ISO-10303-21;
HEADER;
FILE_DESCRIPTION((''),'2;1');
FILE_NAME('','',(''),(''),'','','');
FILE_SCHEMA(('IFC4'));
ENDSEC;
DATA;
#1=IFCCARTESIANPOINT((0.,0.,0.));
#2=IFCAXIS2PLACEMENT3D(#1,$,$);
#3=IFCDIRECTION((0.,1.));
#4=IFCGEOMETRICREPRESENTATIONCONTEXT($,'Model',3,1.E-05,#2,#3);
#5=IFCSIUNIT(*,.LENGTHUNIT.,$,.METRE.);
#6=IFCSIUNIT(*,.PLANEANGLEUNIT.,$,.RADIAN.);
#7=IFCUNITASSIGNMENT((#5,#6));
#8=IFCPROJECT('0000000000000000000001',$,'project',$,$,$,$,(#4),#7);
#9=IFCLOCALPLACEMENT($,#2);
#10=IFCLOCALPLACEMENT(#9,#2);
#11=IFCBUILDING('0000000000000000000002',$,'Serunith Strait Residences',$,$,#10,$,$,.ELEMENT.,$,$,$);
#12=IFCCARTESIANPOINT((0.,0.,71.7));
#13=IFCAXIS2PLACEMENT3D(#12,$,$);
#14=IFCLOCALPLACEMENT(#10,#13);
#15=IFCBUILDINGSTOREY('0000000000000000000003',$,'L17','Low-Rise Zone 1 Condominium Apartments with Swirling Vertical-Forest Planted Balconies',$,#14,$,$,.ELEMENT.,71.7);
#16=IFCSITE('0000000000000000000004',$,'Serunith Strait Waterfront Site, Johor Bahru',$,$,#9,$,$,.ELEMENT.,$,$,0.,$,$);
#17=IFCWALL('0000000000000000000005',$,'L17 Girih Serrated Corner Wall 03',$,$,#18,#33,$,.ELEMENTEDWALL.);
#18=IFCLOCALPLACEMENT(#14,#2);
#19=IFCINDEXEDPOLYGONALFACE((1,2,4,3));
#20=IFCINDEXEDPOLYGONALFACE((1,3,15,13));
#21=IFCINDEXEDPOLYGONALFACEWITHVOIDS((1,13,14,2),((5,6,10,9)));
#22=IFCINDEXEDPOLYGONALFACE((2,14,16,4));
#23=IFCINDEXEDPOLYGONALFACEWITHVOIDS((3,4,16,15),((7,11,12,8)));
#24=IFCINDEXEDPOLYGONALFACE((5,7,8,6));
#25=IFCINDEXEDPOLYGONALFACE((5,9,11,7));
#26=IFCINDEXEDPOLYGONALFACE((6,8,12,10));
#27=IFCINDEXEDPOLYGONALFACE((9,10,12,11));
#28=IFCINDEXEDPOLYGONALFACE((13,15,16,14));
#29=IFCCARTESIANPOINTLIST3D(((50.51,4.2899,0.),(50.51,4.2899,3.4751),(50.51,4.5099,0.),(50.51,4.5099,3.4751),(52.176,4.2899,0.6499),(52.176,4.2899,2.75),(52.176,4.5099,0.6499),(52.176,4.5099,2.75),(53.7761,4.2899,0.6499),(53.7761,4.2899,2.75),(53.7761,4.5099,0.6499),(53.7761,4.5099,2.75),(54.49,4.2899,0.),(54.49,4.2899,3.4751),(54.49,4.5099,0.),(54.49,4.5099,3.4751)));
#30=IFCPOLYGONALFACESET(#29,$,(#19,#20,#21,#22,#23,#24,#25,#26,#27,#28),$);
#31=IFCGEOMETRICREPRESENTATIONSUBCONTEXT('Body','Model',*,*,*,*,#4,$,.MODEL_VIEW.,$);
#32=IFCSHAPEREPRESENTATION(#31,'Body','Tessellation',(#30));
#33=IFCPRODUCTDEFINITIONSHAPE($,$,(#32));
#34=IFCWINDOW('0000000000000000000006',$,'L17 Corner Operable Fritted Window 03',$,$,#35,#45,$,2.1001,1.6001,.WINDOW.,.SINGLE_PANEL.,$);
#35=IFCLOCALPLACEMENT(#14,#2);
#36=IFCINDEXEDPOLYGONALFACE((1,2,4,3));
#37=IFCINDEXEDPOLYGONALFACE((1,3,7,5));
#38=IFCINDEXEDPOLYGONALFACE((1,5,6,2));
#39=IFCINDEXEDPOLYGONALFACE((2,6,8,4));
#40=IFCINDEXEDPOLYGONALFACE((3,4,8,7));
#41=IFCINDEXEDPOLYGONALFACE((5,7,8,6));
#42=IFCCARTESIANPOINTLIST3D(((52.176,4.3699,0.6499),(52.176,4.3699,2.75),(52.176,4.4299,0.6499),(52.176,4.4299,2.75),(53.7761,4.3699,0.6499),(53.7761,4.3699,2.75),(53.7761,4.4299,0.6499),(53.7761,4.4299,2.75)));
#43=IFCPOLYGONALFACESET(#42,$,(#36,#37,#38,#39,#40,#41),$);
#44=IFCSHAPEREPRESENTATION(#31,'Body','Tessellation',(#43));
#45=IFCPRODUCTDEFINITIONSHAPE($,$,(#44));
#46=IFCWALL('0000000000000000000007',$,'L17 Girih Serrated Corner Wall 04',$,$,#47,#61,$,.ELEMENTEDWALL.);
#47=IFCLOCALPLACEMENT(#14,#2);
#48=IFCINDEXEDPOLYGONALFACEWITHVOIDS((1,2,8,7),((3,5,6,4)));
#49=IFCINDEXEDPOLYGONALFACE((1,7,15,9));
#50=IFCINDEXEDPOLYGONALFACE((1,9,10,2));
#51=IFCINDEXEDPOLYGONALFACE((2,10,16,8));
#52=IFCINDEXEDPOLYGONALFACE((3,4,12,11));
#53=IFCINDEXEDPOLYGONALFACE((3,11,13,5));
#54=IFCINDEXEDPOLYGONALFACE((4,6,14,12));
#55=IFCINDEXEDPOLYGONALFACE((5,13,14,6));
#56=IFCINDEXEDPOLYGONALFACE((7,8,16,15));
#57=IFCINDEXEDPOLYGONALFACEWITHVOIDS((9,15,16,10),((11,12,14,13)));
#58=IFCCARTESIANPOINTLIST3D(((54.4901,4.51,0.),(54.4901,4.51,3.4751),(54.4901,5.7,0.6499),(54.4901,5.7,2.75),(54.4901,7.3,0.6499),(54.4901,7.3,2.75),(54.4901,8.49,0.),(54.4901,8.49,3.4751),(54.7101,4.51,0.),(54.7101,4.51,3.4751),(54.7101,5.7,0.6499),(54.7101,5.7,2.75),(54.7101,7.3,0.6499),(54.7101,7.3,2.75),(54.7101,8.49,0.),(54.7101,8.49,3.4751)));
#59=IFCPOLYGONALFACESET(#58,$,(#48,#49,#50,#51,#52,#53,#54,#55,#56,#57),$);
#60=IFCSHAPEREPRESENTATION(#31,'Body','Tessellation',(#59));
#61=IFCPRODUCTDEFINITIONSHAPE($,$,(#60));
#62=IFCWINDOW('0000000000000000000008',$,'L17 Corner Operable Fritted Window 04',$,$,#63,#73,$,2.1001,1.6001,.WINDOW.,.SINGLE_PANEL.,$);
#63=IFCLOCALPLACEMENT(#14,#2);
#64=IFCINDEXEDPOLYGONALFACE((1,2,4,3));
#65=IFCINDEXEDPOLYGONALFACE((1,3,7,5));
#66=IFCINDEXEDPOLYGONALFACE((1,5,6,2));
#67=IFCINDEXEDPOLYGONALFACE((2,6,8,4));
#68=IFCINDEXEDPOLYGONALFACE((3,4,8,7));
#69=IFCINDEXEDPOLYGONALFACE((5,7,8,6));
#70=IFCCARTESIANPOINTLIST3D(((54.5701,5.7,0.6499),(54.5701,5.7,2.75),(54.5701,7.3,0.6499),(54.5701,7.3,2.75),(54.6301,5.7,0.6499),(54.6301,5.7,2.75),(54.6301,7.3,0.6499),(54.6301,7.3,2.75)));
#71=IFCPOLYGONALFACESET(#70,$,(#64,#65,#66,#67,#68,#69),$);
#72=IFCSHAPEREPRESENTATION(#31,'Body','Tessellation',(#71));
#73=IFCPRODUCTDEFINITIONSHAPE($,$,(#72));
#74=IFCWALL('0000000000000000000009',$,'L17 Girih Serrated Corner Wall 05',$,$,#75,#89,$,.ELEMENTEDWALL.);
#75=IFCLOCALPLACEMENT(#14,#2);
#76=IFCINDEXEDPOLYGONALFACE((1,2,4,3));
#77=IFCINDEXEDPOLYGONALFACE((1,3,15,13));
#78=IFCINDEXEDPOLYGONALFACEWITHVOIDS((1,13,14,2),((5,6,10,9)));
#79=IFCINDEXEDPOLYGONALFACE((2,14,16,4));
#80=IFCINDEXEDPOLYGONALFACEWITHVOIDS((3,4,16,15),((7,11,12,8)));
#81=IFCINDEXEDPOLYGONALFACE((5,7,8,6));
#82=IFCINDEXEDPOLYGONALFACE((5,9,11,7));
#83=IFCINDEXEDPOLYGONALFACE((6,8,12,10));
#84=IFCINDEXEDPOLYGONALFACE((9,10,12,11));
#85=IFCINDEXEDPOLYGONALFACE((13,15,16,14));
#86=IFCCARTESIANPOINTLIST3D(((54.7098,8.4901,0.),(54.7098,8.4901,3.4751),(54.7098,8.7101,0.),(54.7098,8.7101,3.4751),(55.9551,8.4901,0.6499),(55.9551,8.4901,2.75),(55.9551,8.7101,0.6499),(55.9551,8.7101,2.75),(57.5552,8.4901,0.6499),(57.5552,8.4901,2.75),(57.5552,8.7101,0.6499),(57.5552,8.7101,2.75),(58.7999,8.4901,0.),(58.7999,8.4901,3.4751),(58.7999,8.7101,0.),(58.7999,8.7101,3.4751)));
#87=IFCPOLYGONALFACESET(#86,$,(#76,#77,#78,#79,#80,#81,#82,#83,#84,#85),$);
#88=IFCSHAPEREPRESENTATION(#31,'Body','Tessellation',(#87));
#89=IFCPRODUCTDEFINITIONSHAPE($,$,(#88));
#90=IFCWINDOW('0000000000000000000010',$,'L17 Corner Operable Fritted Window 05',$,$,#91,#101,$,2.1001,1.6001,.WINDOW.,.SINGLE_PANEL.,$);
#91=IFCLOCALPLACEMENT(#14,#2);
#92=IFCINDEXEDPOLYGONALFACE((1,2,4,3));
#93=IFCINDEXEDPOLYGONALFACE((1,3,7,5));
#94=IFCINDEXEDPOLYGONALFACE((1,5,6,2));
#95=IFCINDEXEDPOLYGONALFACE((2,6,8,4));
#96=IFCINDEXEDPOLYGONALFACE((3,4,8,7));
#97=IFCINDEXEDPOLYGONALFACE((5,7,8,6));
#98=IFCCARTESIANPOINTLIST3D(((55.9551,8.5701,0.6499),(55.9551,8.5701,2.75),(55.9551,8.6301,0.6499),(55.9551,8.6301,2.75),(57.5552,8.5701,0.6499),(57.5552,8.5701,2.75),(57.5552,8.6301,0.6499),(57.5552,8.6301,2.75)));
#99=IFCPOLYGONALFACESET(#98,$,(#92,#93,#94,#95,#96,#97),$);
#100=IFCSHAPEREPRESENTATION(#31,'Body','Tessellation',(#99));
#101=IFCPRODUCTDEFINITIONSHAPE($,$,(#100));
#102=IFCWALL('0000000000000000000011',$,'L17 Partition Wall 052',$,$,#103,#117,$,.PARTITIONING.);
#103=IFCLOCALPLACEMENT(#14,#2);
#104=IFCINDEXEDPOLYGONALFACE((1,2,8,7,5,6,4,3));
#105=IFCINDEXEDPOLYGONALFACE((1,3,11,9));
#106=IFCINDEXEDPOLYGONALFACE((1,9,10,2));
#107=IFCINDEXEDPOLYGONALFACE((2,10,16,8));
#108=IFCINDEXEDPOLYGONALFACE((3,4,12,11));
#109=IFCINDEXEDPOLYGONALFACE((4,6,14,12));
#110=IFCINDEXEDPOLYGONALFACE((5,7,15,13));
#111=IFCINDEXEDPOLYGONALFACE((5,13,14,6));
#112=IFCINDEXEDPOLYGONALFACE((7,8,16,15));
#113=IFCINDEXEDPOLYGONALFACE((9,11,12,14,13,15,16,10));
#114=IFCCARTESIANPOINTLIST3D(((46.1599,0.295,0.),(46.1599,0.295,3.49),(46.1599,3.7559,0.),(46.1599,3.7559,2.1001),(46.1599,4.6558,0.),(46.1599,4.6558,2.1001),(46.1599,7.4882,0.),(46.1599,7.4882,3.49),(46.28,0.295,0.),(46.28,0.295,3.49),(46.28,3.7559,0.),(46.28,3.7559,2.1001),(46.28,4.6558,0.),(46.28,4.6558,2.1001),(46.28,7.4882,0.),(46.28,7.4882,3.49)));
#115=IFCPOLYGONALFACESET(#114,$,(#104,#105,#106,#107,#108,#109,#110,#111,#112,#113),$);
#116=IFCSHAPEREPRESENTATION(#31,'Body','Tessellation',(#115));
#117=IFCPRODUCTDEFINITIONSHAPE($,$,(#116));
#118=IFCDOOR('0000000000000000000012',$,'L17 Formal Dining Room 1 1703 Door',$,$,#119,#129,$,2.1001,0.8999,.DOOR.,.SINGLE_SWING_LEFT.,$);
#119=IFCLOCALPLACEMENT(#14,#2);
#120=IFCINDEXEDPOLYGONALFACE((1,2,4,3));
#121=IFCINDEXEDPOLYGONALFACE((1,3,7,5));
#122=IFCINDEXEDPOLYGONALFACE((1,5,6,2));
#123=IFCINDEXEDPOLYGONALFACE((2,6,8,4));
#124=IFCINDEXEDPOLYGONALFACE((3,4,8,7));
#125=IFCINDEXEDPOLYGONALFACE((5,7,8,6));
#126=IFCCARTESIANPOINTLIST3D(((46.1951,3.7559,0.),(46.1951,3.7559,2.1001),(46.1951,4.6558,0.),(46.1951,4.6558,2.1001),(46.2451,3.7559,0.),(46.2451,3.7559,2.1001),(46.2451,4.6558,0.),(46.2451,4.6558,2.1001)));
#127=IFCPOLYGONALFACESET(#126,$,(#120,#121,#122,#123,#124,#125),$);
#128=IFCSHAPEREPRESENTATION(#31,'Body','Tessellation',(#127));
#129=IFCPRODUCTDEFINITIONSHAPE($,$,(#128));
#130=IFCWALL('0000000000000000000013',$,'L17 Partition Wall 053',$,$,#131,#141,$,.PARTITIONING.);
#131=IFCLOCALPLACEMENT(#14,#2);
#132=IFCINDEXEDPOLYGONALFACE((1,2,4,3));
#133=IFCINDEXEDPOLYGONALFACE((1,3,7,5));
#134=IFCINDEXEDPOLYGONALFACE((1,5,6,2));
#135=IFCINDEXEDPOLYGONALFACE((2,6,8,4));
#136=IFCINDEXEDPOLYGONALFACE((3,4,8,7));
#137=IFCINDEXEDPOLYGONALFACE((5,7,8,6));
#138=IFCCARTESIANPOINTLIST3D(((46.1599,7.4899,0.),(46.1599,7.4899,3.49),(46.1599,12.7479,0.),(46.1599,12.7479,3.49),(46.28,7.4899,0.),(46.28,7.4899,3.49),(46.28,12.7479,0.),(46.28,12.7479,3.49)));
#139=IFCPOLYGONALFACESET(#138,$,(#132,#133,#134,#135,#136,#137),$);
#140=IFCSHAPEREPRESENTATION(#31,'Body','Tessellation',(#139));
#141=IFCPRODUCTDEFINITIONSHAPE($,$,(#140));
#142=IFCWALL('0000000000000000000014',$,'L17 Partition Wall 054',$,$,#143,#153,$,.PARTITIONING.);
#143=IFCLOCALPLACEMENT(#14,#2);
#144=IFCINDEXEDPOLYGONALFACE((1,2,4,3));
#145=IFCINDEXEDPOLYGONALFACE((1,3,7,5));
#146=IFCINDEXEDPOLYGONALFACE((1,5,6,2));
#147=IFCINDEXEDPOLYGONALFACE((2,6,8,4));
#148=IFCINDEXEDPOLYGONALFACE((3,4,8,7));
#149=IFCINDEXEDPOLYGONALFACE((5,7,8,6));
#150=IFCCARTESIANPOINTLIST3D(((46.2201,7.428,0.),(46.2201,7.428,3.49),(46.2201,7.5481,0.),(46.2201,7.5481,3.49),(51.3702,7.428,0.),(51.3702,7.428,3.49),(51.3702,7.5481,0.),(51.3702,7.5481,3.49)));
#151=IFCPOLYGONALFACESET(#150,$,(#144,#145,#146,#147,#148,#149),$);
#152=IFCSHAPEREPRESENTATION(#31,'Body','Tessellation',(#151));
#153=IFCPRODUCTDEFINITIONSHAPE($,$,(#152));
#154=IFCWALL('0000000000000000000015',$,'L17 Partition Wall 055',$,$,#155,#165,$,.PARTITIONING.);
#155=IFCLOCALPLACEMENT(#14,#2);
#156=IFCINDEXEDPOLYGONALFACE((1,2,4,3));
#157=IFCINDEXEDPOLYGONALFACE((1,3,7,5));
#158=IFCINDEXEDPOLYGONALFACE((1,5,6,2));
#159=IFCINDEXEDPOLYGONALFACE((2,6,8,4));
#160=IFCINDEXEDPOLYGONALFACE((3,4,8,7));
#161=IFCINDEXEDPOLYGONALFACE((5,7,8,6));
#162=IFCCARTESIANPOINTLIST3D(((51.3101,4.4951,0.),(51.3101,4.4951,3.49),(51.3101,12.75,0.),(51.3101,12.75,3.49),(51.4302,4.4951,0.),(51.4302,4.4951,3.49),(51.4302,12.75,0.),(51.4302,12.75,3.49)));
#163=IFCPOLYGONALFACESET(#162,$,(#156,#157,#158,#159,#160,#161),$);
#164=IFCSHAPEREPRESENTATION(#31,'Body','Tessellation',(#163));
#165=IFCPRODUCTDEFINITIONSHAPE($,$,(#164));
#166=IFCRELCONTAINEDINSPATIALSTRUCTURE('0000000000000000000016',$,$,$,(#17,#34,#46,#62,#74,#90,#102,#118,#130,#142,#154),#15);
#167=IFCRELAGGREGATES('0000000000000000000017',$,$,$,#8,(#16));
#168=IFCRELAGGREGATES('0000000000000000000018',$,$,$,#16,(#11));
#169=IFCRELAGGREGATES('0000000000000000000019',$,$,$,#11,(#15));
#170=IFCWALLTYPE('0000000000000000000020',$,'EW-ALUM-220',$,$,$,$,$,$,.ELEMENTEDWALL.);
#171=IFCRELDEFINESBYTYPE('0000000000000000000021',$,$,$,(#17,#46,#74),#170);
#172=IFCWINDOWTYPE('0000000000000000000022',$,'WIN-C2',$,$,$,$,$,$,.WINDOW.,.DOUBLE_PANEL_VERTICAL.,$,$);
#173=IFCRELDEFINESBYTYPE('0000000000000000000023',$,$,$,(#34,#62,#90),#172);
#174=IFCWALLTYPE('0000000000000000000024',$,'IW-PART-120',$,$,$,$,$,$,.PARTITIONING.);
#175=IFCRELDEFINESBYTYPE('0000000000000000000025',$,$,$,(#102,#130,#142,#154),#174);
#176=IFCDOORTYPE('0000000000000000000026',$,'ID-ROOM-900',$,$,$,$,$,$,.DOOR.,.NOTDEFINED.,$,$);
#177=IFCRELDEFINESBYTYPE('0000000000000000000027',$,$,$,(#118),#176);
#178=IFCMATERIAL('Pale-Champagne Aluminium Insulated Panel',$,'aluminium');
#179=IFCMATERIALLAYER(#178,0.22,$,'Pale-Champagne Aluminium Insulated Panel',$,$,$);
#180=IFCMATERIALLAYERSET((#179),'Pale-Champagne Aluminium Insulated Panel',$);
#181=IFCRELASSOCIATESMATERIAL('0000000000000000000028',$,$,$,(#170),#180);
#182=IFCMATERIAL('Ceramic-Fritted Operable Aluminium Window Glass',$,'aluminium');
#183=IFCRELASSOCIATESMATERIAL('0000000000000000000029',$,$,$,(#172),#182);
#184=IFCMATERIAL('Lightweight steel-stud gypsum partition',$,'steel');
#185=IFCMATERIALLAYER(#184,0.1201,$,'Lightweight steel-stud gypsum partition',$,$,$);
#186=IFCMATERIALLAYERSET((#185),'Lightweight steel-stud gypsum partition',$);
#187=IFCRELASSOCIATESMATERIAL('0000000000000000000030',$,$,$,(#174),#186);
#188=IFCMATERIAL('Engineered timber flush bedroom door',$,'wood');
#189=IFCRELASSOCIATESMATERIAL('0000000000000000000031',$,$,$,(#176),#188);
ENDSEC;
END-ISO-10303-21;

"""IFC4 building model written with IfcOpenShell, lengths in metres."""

from ifc_helpers import new_model, si_unit, direction, frame, frame_2d, origin, place, context, subcontext, project, spatial, rectangle, extrude, source, transform, mapped, material, layer, layer_set, type_object, element, fill, save


model = new_model("IFC4")

# Units and contexts
model_context = context("Model", 3, precision=1e-05, world=origin(), true_north=direction((0.0, 1.0)))
body_context = subcontext(model_context, "Body", "Model", "MODEL_VIEW")
ifc_project = project(units=[si_unit("LENGTHUNIT", "METRE"), si_unit("PLANEANGLEUNIT", "RADIAN")], contexts=[model_context])

# Site, building, storey
site_placement = place(None, origin())
site = spatial("IfcSite", under=ifc_project, at=site_placement, Name="Serunith Strait Waterfront Site, Johor Bahru", CompositionType="ELEMENT", RefElevation=0.0)
building_placement = place(site_placement, origin())
building = spatial("IfcBuilding", under=site, at=building_placement, Name="Serunith Strait Residences", CompositionType="ELEMENT")
storey_placement = place(building_placement, frame((0.0, 0.0, 71.7)))
storey = spatial("IfcBuildingStorey", under=building, at=storey_placement, Name="L17", Description="Low-Rise Zone 1 Condominium Apartments with Swirling Vertical-Forest Planted Balconies", CompositionType="ELEMENT", Elevation=71.7)

# Walls, openings, windows
ifc_material_1 = material(Name="Pale-Champagne Aluminium Insulated Panel", Category="aluminium")
ifc_layer_1 = layer(ifc_material_1, 0.22, Name="Pale-Champagne Aluminium Insulated Panel")
ifc_layer_set_1 = layer_set([ifc_layer_1], Name="Pale-Champagne Aluminium Insulated Panel")
wall_type_1 = type_object("IfcWallType", Name="EW-ALUM-220", PredefinedType="ELEMENTEDWALL", material=ifc_layer_set_1)
ifc_material_2 = material(Name="Ceramic-Fritted Operable Aluminium Window Glass", Category="aluminium")
window_type = type_object("IfcWindowType", Name="WIN-C2", PartitioningType="DOUBLE_PANEL_VERTICAL", PredefinedType="WINDOW", material=ifc_material_2)
shared_shape_1 = source(origin(), body_context, "Body", "SweptSolid", [
    extrude(rectangle(XDim=1.6001, YDim=2.1001, at=frame_2d((0.8, 1.05))), frame((0.0, 0.03, 0.0), z_axis=(0.0, -1.0, 0.0), x_axis=(1.0, 0.0, 0.0)), (0.0, 0.0, 1.0), 0.0601),
])
wall_1_placement = place(storey_placement, frame((50.51, 4.3999, 0.0), z_axis=(0.0, 0.0, 1.0), x_axis=(1.0, 0.0, 0.0)))
wall_1 = element("IfcWall", 1, at=wall_1_placement, inside=storey, type_object=wall_type_1, Name="L17 Girih Serrated Corner Wall 03", PredefinedType="ELEMENTEDWALL", context=body_context, shape_type="SweptSolid", body=[
    extrude(rectangle(XDim=3.98, YDim=0.22, at=frame_2d((1.99, 0.0))), origin(), (0.0, 0.0, 1.0), 3.4751),
])
opening_1_placement = place(wall_1_placement, frame((1.666, 0.0, 0.6499)))
opening_1 = element("IfcOpeningElement", 2, at=opening_1_placement, cuts=wall_1, PredefinedType="OPENING", context=body_context, shape_type="SweptSolid", body=[
    extrude(rectangle(XDim=1.6001, YDim=2.1001, at=frame_2d((0.8, 1.05))), frame((0.0, 0.1201, 0.0), z_axis=(0.0, -1.0, 0.0), x_axis=(1.0, 0.0, 0.0)), (0.0, 0.0, 1.0), 0.24),
])
window_1_placement = place(opening_1_placement, origin())
window_1 = element("IfcWindow", 3, at=window_1_placement, inside=storey, type_object=window_type, Name="L17 Corner Operable Fritted Window 03", OverallHeight=2.1001, OverallWidth=1.6001, PartitioningType="SINGLE_PANEL", PredefinedType="WINDOW", context=body_context, shape_type="MappedRepresentation", body=[
    mapped(shared_shape_1, transform((0.0, 0.0, 0.0), scale=1.0)),
])
fill(opening_1, window_1)
wall_2_placement = place(storey_placement, frame((54.6001, 4.51, 0.0), z_axis=(0.0, 0.0, 1.0), x_axis=(0.0, 1.0, 0.0)))
wall_2 = element("IfcWall", 4, at=wall_2_placement, inside=storey, type_object=wall_type_1, Name="L17 Girih Serrated Corner Wall 04", PredefinedType="ELEMENTEDWALL", context=body_context, shape_type="SweptSolid", body=[
    extrude(rectangle(XDim=3.98, YDim=0.22, at=frame_2d((1.99, 0.0))), origin(), (0.0, 0.0, 1.0), 3.4751),
])
opening_2_placement = place(wall_2_placement, frame((1.1899, 0.0, 0.6499)))
opening_2 = element("IfcOpeningElement", 5, at=opening_2_placement, cuts=wall_2, PredefinedType="OPENING", context=body_context, shape_type="SweptSolid", body=[
    extrude(rectangle(XDim=1.6001, YDim=2.1001, at=frame_2d((0.8, 1.05))), frame((0.0, 0.1201, 0.0), z_axis=(0.0, -1.0, 0.0), x_axis=(1.0, 0.0, 0.0)), (0.0, 0.0, 1.0), 0.24),
])
window_2_placement = place(opening_2_placement, origin())
window_2 = element("IfcWindow", 6, at=window_2_placement, inside=storey, type_object=window_type, Name="L17 Corner Operable Fritted Window 04", OverallHeight=2.1001, OverallWidth=1.6001, PartitioningType="SINGLE_PANEL", PredefinedType="WINDOW", context=body_context, shape_type="MappedRepresentation", body=[
    mapped(shared_shape_1, transform((0.0, 0.0, 0.0), scale=1.0)),
])
fill(opening_2, window_2)
wall_3_placement = place(storey_placement, frame((54.71, 8.6001, 0.0), z_axis=(0.0, 0.0, 1.0), x_axis=(1.0, 0.0, 0.0)))
wall_3 = element("IfcWall", 7, at=wall_3_placement, inside=storey, type_object=wall_type_1, Name="L17 Girih Serrated Corner Wall 05", PredefinedType="ELEMENTEDWALL", context=body_context, shape_type="SweptSolid", body=[
    extrude(rectangle(XDim=4.0901, YDim=0.22, at=frame_2d((2.0449, 0.0))), origin(), (0.0, 0.0, 1.0), 3.4751),
])
opening_3_placement = place(wall_3_placement, frame((1.2451, 0.0, 0.6499)))
opening_3 = element("IfcOpeningElement", 8, at=opening_3_placement, cuts=wall_3, PredefinedType="OPENING", context=body_context, shape_type="SweptSolid", body=[
    extrude(rectangle(XDim=1.6001, YDim=2.1001, at=frame_2d((0.8, 1.05))), frame((0.0, 0.1201, 0.0), z_axis=(0.0, -1.0, 0.0), x_axis=(1.0, 0.0, 0.0)), (0.0, 0.0, 1.0), 0.24),
])
window_3_placement = place(opening_3_placement, origin())
window_3 = element("IfcWindow", 9, at=window_3_placement, inside=storey, type_object=window_type, Name="L17 Corner Operable Fritted Window 05", OverallHeight=2.1001, OverallWidth=1.6001, PartitioningType="SINGLE_PANEL", PredefinedType="WINDOW", context=body_context, shape_type="MappedRepresentation", body=[
    mapped(shared_shape_1, transform((0.0, 0.0, 0.0), scale=1.0)),
])
fill(opening_3, window_3)

# Wall, opening, door
ifc_material_3 = material(Name="Lightweight steel-stud gypsum partition", Category="steel")
ifc_layer_2 = layer(ifc_material_3, 0.1201, Name="Lightweight steel-stud gypsum partition")
ifc_layer_set_2 = layer_set([ifc_layer_2], Name="Lightweight steel-stud gypsum partition")
wall_type_2 = type_object("IfcWallType", Name="IW-PART-120", PredefinedType="PARTITIONING", material=ifc_layer_set_2)
wall_4_placement = place(storey_placement, frame((46.22, 0.2949, 0.0), z_axis=(0.0, 0.0, 1.0), x_axis=(0.0, 1.0, 0.0)))
wall_4 = element("IfcWall", 10, at=wall_4_placement, inside=storey, type_object=wall_type_2, Name="L17 Partition Wall 052", PredefinedType="PARTITIONING", context=body_context, shape_type="SweptSolid", body=[
    extrude(rectangle(XDim=7.1931, YDim=0.1201, at=frame_2d((3.5967, 0.0))), origin(), (0.0, 0.0, 1.0), 3.49),
])
opening_4_placement = place(wall_4_placement, frame((3.4609, 0.0, 0.0)))
opening_4 = element("IfcOpeningElement", 11, at=opening_4_placement, cuts=wall_4, PredefinedType="OPENING", context=body_context, shape_type="SweptSolid", body=[
    extrude(rectangle(XDim=0.8999, YDim=2.1001, at=frame_2d((0.45, 1.05))), frame((0.0, 0.0701, 0.0), z_axis=(0.0, -1.0, 0.0), x_axis=(1.0, 0.0, 0.0)), (0.0, 0.0, 1.0), 0.1401),
])
ifc_material_4 = material(Name="Engineered timber flush bedroom door", Category="wood")
door_type = type_object("IfcDoorType", Name="ID-ROOM-900", OperationType="NOTDEFINED", PredefinedType="DOOR", material=ifc_material_4)
shared_shape_2 = source(origin(), body_context, "Body", "SweptSolid", [
    extrude(rectangle(XDim=0.8999, YDim=2.1001, at=frame_2d((0.45, 1.05))), frame((0.0, 0.0249, 0.0), z_axis=(0.0, -1.0, 0.0), x_axis=(1.0, 0.0, 0.0)), (0.0, 0.0, 1.0), 0.05),
])
door_placement = place(opening_4_placement, origin())
door = element("IfcDoor", 12, at=door_placement, inside=storey, type_object=door_type, Name="L17 Formal Dining Room 1 1703 Door", OperationType="SINGLE_SWING_LEFT", OverallHeight=2.1001, OverallWidth=0.8999, PredefinedType="DOOR", context=body_context, shape_type="MappedRepresentation", body=[
    mapped(shared_shape_2, transform((0.0, 0.0, 0.0), scale=1.0)),
])
fill(opening_4, door)

# Walls
wall_5_placement = place(storey_placement, frame((46.22, 7.49, 0.0), z_axis=(0.0, 0.0, 1.0), x_axis=(0.0, 1.0, 0.0)))
element("IfcWall", 13, at=wall_5_placement, inside=storey, type_object=wall_type_2, Name="L17 Partition Wall 053", PredefinedType="PARTITIONING", context=body_context, shape_type="SweptSolid", body=[
    extrude(rectangle(XDim=5.2581, YDim=0.1201, at=frame_2d((2.6289, 0.0))), origin(), (0.0, 0.0, 1.0), 3.49),
])
wall_6_placement = place(storey_placement, frame((46.22, 7.488, 0.0), z_axis=(0.0, 0.0, 1.0), x_axis=(1.0, 0.0, 0.0)))
element("IfcWall", 14, at=wall_6_placement, inside=storey, type_object=wall_type_2, Name="L17 Partition Wall 054", PredefinedType="PARTITIONING", context=body_context, shape_type="SweptSolid", body=[
    extrude(rectangle(XDim=5.1501, YDim=0.1201, at=frame_2d((2.5752, 0.0))), origin(), (0.0, 0.0, 1.0), 3.49),
])
wall_7_placement = place(storey_placement, frame((51.3701, 4.4951, 0.0), z_axis=(0.0, 0.0, 1.0), x_axis=(0.0, 1.0, 0.0)))
element("IfcWall", 15, at=wall_7_placement, inside=storey, type_object=wall_type_2, Name="L17 Partition Wall 055", PredefinedType="PARTITIONING", context=body_context, shape_type="SweptSolid", body=[
    extrude(rectangle(XDim=8.2549, YDim=0.1201, at=frame_2d((4.1274, 0.0))), origin(), (0.0, 0.0, 1.0), 3.49),
])

save(model, "model.ifc")
